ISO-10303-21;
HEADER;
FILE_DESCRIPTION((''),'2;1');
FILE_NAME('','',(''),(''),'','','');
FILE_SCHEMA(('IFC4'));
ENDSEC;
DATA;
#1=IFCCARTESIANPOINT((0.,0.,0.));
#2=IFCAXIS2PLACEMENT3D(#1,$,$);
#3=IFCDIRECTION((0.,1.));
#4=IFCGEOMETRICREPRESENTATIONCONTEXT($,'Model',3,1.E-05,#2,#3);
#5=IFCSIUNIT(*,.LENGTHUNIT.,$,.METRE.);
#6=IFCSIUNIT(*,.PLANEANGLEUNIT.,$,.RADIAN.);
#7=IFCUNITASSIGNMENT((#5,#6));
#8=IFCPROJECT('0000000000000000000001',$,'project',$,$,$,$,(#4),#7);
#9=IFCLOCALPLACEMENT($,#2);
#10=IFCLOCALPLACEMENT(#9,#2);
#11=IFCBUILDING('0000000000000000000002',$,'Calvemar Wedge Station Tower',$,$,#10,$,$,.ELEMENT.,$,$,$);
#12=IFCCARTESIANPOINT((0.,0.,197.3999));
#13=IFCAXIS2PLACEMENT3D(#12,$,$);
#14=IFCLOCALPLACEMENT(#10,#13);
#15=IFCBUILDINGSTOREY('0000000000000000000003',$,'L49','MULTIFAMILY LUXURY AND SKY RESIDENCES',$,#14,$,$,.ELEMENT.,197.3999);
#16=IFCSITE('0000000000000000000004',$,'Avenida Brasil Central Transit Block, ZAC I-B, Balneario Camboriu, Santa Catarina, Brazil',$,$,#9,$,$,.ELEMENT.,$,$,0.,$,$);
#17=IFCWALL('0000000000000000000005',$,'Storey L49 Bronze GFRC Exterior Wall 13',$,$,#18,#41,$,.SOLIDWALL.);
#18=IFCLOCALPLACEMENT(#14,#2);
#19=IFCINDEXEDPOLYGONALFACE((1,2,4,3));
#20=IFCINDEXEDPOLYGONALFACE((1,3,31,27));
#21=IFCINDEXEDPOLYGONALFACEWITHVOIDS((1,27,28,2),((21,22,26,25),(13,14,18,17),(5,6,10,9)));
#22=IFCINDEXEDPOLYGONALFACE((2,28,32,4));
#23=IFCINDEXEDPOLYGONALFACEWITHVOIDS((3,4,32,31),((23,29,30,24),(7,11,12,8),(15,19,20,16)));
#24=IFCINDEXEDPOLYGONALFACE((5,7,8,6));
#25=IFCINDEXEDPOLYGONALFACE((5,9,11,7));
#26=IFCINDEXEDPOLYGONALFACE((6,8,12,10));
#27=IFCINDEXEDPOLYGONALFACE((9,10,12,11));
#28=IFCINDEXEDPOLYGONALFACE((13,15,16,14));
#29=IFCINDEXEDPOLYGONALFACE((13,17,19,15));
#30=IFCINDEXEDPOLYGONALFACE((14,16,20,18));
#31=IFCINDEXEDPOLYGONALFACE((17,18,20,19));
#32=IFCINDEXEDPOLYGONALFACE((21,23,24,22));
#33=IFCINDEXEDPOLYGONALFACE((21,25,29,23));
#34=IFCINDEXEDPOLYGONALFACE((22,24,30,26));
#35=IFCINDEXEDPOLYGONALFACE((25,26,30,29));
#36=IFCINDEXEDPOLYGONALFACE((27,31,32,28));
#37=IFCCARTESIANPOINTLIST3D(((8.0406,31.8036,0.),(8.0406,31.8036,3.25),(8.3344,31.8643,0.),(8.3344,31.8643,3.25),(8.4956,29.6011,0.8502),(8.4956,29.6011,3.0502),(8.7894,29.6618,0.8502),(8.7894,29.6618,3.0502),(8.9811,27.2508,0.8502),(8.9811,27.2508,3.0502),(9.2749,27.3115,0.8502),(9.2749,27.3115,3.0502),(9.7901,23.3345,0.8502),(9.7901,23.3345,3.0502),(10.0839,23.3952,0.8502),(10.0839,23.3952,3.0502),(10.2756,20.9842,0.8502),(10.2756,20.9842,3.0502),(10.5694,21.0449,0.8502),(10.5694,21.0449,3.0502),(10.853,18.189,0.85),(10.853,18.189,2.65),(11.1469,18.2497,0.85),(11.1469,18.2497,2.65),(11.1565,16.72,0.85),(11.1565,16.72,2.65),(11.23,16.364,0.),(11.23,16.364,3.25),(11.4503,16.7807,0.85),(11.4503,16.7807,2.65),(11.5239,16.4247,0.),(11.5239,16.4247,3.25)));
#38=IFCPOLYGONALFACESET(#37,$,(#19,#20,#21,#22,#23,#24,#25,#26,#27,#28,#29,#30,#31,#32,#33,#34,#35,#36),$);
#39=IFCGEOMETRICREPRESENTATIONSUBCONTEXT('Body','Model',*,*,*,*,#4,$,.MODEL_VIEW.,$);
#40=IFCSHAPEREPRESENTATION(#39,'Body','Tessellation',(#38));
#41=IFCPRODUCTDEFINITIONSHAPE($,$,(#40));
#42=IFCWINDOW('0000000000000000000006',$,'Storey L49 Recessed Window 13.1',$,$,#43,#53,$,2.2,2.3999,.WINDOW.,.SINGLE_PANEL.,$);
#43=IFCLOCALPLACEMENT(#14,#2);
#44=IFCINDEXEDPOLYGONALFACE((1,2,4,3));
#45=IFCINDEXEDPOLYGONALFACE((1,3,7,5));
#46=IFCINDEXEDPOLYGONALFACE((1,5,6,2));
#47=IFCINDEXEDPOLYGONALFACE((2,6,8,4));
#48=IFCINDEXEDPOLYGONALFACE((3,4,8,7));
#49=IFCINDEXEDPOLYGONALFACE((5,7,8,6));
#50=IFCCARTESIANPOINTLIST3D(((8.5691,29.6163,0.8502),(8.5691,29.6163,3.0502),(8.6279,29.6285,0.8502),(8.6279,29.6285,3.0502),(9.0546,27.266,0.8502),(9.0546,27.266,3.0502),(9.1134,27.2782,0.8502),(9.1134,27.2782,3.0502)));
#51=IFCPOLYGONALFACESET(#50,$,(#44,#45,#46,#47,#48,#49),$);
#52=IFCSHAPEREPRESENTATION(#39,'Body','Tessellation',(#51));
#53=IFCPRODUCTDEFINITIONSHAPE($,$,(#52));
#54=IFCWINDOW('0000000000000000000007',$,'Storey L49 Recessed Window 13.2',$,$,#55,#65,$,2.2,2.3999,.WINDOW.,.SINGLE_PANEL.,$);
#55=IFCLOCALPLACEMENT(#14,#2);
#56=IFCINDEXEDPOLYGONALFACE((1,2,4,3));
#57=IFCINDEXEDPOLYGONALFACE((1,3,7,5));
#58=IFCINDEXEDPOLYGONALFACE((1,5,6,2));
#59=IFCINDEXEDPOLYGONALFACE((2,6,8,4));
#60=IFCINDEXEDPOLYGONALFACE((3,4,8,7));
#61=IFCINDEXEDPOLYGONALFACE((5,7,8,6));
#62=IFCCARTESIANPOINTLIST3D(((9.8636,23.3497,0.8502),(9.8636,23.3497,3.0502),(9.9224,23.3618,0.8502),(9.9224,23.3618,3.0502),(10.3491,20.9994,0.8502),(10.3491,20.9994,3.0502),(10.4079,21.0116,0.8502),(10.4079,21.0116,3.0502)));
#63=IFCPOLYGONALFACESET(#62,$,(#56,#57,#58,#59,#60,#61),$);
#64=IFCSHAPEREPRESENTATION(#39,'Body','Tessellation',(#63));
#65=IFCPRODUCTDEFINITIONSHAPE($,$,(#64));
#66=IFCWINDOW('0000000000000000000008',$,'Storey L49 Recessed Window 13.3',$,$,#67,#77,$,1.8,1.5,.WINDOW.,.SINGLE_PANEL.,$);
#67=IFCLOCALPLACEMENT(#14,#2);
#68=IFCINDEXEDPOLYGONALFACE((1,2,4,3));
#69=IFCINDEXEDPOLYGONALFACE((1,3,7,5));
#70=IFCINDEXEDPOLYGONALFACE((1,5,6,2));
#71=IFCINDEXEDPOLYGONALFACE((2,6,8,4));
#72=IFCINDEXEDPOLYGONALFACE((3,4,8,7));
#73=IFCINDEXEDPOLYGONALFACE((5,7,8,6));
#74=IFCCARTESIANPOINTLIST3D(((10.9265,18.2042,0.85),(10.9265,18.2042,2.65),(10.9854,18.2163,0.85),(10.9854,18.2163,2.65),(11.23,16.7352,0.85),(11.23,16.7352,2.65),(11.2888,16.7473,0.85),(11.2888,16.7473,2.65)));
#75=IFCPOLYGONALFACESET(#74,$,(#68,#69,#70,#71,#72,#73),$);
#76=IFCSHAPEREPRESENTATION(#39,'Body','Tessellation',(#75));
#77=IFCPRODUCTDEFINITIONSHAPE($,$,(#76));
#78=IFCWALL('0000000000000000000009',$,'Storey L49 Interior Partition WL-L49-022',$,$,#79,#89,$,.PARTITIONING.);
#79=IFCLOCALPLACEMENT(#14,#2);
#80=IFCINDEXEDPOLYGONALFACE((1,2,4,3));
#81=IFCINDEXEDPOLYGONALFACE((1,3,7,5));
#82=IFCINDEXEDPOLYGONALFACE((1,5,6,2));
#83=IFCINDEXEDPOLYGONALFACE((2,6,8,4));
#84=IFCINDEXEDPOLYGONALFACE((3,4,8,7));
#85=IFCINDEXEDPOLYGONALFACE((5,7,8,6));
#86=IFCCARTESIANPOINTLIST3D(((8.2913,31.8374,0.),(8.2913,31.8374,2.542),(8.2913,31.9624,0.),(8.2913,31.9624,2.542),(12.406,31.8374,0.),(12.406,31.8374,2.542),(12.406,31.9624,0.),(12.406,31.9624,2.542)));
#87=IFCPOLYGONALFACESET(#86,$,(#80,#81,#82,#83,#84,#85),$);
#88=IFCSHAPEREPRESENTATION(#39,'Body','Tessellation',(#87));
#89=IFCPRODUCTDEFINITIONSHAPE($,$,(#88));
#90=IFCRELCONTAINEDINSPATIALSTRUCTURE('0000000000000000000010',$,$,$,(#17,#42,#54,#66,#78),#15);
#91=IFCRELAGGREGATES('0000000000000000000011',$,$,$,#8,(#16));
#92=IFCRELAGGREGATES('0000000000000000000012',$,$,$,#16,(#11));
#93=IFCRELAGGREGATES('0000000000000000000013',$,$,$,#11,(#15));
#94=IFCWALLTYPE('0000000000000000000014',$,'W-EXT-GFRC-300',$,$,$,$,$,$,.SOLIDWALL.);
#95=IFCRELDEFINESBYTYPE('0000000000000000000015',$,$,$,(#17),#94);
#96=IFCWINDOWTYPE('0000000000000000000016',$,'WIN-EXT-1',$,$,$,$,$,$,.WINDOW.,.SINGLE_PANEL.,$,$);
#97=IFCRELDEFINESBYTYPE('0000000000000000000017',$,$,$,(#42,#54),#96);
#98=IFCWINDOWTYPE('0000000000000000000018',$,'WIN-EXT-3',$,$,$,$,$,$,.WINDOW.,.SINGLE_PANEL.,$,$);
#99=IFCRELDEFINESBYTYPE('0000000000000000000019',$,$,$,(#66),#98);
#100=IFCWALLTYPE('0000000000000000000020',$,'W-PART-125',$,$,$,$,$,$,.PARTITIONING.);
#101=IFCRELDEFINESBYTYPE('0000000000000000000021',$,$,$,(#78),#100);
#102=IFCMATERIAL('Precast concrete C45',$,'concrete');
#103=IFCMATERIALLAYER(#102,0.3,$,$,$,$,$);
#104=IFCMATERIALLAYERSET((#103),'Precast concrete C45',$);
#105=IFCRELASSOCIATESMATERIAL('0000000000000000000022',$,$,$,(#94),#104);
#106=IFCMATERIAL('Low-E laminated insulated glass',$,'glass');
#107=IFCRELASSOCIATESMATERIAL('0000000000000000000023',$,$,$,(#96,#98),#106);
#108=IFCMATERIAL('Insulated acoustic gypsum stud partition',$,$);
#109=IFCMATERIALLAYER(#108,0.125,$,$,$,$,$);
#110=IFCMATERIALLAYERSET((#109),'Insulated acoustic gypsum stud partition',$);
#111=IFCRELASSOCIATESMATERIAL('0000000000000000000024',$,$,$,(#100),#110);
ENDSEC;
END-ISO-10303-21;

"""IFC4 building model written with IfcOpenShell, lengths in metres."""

from ifc_helpers import new_model, si_unit, direction, frame, frame_2d, origin, place, context, subcontext, project, spatial, rectangle, extrude, source, transform, mapped, material, layer, layer_set, type_object, element, fill, save


model = new_model("IFC4")

# Units and contexts
model_context = context("Model", 3, precision=1e-05, world=origin(), true_north=direction((0.0, 1.0)))
body_context = subcontext(model_context, "Body", "Model", "MODEL_VIEW")
ifc_project = project(units=[si_unit("LENGTHUNIT", "METRE"), si_unit("PLANEANGLEUNIT", "RADIAN")], contexts=[model_context])

# Site, building, storey
site_placement = place(None, origin())
site = spatial("IfcSite", under=ifc_project, at=site_placement, Name="Avenida Brasil Central Transit Block, ZAC I-B, Balneario Camboriu, Santa Catarina, Brazil", CompositionType="ELEMENT", RefElevation=0.0)
building_placement = place(site_placement, origin())
building = spatial("IfcBuilding", under=site, at=building_placement, Name="Calvemar Wedge Station Tower", CompositionType="ELEMENT")
storey_placement = place(building_placement, frame((0.0, 0.0, 197.3999)))
storey = spatial("IfcBuildingStorey", under=building, at=storey_placement, Name="L49", Description="MULTIFAMILY LUXURY AND SKY RESIDENCES", CompositionType="ELEMENT", Elevation=197.3999)

# Wall, openings, windows
ifc_material_1 = material(Name="Precast concrete C45", Category="concrete")
ifc_layer_1 = layer(ifc_material_1, 0.3)
ifc_layer_set_1 = layer_set([ifc_layer_1], Name="Precast concrete C45")
wall_type_1 = type_object("IfcWallType", Name="W-EXT-GFRC-300", PredefinedType="SOLIDWALL", material=ifc_layer_set_1)
wall_1_placement = place(storey_placement, frame((8.1875, 31.834, 0.0), z_axis=(0.0, 0.0, 1.0), x_axis=(0.202303, -0.979323, 0.0)))
wall_1 = element("IfcWall", 1, at=wall_1_placement, inside=storey, type_object=wall_type_1, Name="Storey L49 Bronze GFRC Exterior Wall 13", PredefinedType="SOLIDWALL", context=body_context, shape_type="SweptSolid", body=[
    extrude(rectangle(XDim=15.7656, YDim=0.3, at=frame_2d((7.8828, 0.0))), origin(), (0.0, 0.0, 1.0), 3.25),
])
shared_shape_1 = source(origin(), body_context, "Body", "SweptSolid", [
    extrude(rectangle(XDim=2.3999, YDim=2.2, at=frame_2d((1.2, 1.1001))), frame((0.0, 0.1602, 0.0), z_axis=(0.0, -1.0, 0.0), x_axis=(1.0, 0.0, 0.0)), (0.0, 0.0, 1.0), 0.3201),
])
opening_1_placement = place(wall_1_placement, frame((2.249, 0.0, 0.8501)))
opening_1 = element("IfcOpeningElement", 2, at=opening_1_placement, cuts=wall_1, PredefinedType="OPENING", context=body_context, shape_type="MappedRepresentation", body=[
    mapped(shared_shape_1, transform((0.0, 0.0, 0.0), scale=1.0)),
])
opening_2_placement = place(wall_1_placement, frame((8.6479, 0.0, 0.8501)))
opening_2 = element("IfcOpeningElement", 3, at=opening_2_placement, cuts=wall_1, PredefinedType="OPENING", context=body_context, shape_type="MappedRepresentation", body=[
    mapped(shared_shape_1, transform((0.0, 0.0, 0.0), scale=1.0)),
])
shared_shape_2 = source(origin(), body_context, "Body", "SweptSolid", [
    extrude(rectangle(XDim=1.5, YDim=1.8, at=frame_2d((0.75, 0.8999))), frame((0.0, 0.1602, 0.0), z_axis=(0.0, -1.0, 0.0), x_axis=(1.0, 0.0, 0.0)), (0.0, 0.0, 1.0), 0.3201),
])
opening_3_placement = place(wall_1_placement, frame((13.9021, 0.0, 0.8501)))
opening_3 = element("IfcOpeningElement", 4, at=opening_3_placement, cuts=wall_1, PredefinedType="OPENING", context=body_context, shape_type="MappedRepresentation", body=[
    mapped(shared_shape_2, transform((0.0, 0.0, 0.0), scale=1.0)),
])
ifc_material_2 = material(Name="Low-E laminated insulated glass", Category="glass")
window_type_1 = type_object("IfcWindowType", Name="WIN-EXT-1", PartitioningType="SINGLE_PANEL", PredefinedType="WINDOW", material=ifc_material_2)
shared_shape_3 = source(origin(), body_context, "Body", "SweptSolid", [
    extrude(rectangle(XDim=2.3999, YDim=2.2, at=frame_2d((1.2, 1.1001))), frame((0.0, -0.0149, 0.0), z_axis=(0.0, -1.0, 0.0), x_axis=(1.0, 0.0, 0.0)), (0.0, 0.0, 1.0), 0.0601),
])
window_1_placement = place(opening_1_placement, origin())
window_1 = element("IfcWindow", 5, at=window_1_placement, inside=storey, type_object=window_type_1, Name="Storey L49 Recessed Window 13.1", OverallHeight=2.2, OverallWidth=2.3999, PartitioningType="SINGLE_PANEL", PredefinedType="WINDOW", context=body_context, shape_type="MappedRepresentation", body=[
    mapped(shared_shape_3, transform((0.0, 0.0, 0.0), scale=1.0)),
])
fill(opening_1, window_1)
window_2_placement = place(opening_2_placement, origin())
window_2 = element("IfcWindow", 6, at=window_2_placement, inside=storey, type_object=window_type_1, Name="Storey L49 Recessed Window 13.2", OverallHeight=2.2, OverallWidth=2.3999, PartitioningType="SINGLE_PANEL", PredefinedType="WINDOW", context=body_context, shape_type="MappedRepresentation", body=[
    mapped(shared_shape_3, transform((0.0, 0.0, 0.0), scale=1.0)),
])
fill(opening_2, window_2)
window_type_2 = type_object("IfcWindowType", Name="WIN-EXT-3", PartitioningType="SINGLE_PANEL", PredefinedType="WINDOW", material=ifc_material_2)
shared_shape_4 = source(origin(), body_context, "Body", "SweptSolid", [
    extrude(rectangle(XDim=1.5, YDim=1.8, at=frame_2d((0.75, 0.8999))), frame((0.0, -0.0149, 0.0), z_axis=(0.0, -1.0, 0.0), x_axis=(1.0, 0.0, 0.0)), (0.0, 0.0, 1.0), 0.0601),
])
window_3_placement = place(opening_3_placement, origin())
window_3 = element("IfcWindow", 7, at=window_3_placement, inside=storey, type_object=window_type_2, Name="Storey L49 Recessed Window 13.3", OverallHeight=1.8, OverallWidth=1.5, PartitioningType="SINGLE_PANEL", PredefinedType="WINDOW", context=body_context, shape_type="MappedRepresentation", body=[
    mapped(shared_shape_4, transform((0.0, 0.0, 0.0), scale=1.0)),
])
fill(opening_3, window_3)

# Wall
ifc_material_3 = material(Name="Insulated acoustic gypsum stud partition")
ifc_layer_2 = layer(ifc_material_3, 0.125)
ifc_layer_set_2 = layer_set([ifc_layer_2], Name="Insulated acoustic gypsum stud partition")
wall_type_2 = type_object("IfcWallType", Name="W-PART-125", PredefinedType="PARTITIONING", material=ifc_layer_set_2)
wall_2_placement = place(storey_placement, frame((12.406, 31.8999, 0.0), z_axis=(0.0, 0.0, 1.0), x_axis=(-1.0, 0.0, 0.0)))
element("IfcWall", 8, at=wall_2_placement, inside=storey, type_object=wall_type_2, Name="Storey L49 Interior Partition WL-L49-022", PredefinedType="PARTITIONING", context=body_context, shape_type="SweptSolid", body=[
    extrude(rectangle(XDim=4.1147, YDim=0.125, at=frame_2d((2.0574, 0.0))), origin(), (0.0, 0.0, 1.0), 2.542),
])

save(model, "model.ifc")
